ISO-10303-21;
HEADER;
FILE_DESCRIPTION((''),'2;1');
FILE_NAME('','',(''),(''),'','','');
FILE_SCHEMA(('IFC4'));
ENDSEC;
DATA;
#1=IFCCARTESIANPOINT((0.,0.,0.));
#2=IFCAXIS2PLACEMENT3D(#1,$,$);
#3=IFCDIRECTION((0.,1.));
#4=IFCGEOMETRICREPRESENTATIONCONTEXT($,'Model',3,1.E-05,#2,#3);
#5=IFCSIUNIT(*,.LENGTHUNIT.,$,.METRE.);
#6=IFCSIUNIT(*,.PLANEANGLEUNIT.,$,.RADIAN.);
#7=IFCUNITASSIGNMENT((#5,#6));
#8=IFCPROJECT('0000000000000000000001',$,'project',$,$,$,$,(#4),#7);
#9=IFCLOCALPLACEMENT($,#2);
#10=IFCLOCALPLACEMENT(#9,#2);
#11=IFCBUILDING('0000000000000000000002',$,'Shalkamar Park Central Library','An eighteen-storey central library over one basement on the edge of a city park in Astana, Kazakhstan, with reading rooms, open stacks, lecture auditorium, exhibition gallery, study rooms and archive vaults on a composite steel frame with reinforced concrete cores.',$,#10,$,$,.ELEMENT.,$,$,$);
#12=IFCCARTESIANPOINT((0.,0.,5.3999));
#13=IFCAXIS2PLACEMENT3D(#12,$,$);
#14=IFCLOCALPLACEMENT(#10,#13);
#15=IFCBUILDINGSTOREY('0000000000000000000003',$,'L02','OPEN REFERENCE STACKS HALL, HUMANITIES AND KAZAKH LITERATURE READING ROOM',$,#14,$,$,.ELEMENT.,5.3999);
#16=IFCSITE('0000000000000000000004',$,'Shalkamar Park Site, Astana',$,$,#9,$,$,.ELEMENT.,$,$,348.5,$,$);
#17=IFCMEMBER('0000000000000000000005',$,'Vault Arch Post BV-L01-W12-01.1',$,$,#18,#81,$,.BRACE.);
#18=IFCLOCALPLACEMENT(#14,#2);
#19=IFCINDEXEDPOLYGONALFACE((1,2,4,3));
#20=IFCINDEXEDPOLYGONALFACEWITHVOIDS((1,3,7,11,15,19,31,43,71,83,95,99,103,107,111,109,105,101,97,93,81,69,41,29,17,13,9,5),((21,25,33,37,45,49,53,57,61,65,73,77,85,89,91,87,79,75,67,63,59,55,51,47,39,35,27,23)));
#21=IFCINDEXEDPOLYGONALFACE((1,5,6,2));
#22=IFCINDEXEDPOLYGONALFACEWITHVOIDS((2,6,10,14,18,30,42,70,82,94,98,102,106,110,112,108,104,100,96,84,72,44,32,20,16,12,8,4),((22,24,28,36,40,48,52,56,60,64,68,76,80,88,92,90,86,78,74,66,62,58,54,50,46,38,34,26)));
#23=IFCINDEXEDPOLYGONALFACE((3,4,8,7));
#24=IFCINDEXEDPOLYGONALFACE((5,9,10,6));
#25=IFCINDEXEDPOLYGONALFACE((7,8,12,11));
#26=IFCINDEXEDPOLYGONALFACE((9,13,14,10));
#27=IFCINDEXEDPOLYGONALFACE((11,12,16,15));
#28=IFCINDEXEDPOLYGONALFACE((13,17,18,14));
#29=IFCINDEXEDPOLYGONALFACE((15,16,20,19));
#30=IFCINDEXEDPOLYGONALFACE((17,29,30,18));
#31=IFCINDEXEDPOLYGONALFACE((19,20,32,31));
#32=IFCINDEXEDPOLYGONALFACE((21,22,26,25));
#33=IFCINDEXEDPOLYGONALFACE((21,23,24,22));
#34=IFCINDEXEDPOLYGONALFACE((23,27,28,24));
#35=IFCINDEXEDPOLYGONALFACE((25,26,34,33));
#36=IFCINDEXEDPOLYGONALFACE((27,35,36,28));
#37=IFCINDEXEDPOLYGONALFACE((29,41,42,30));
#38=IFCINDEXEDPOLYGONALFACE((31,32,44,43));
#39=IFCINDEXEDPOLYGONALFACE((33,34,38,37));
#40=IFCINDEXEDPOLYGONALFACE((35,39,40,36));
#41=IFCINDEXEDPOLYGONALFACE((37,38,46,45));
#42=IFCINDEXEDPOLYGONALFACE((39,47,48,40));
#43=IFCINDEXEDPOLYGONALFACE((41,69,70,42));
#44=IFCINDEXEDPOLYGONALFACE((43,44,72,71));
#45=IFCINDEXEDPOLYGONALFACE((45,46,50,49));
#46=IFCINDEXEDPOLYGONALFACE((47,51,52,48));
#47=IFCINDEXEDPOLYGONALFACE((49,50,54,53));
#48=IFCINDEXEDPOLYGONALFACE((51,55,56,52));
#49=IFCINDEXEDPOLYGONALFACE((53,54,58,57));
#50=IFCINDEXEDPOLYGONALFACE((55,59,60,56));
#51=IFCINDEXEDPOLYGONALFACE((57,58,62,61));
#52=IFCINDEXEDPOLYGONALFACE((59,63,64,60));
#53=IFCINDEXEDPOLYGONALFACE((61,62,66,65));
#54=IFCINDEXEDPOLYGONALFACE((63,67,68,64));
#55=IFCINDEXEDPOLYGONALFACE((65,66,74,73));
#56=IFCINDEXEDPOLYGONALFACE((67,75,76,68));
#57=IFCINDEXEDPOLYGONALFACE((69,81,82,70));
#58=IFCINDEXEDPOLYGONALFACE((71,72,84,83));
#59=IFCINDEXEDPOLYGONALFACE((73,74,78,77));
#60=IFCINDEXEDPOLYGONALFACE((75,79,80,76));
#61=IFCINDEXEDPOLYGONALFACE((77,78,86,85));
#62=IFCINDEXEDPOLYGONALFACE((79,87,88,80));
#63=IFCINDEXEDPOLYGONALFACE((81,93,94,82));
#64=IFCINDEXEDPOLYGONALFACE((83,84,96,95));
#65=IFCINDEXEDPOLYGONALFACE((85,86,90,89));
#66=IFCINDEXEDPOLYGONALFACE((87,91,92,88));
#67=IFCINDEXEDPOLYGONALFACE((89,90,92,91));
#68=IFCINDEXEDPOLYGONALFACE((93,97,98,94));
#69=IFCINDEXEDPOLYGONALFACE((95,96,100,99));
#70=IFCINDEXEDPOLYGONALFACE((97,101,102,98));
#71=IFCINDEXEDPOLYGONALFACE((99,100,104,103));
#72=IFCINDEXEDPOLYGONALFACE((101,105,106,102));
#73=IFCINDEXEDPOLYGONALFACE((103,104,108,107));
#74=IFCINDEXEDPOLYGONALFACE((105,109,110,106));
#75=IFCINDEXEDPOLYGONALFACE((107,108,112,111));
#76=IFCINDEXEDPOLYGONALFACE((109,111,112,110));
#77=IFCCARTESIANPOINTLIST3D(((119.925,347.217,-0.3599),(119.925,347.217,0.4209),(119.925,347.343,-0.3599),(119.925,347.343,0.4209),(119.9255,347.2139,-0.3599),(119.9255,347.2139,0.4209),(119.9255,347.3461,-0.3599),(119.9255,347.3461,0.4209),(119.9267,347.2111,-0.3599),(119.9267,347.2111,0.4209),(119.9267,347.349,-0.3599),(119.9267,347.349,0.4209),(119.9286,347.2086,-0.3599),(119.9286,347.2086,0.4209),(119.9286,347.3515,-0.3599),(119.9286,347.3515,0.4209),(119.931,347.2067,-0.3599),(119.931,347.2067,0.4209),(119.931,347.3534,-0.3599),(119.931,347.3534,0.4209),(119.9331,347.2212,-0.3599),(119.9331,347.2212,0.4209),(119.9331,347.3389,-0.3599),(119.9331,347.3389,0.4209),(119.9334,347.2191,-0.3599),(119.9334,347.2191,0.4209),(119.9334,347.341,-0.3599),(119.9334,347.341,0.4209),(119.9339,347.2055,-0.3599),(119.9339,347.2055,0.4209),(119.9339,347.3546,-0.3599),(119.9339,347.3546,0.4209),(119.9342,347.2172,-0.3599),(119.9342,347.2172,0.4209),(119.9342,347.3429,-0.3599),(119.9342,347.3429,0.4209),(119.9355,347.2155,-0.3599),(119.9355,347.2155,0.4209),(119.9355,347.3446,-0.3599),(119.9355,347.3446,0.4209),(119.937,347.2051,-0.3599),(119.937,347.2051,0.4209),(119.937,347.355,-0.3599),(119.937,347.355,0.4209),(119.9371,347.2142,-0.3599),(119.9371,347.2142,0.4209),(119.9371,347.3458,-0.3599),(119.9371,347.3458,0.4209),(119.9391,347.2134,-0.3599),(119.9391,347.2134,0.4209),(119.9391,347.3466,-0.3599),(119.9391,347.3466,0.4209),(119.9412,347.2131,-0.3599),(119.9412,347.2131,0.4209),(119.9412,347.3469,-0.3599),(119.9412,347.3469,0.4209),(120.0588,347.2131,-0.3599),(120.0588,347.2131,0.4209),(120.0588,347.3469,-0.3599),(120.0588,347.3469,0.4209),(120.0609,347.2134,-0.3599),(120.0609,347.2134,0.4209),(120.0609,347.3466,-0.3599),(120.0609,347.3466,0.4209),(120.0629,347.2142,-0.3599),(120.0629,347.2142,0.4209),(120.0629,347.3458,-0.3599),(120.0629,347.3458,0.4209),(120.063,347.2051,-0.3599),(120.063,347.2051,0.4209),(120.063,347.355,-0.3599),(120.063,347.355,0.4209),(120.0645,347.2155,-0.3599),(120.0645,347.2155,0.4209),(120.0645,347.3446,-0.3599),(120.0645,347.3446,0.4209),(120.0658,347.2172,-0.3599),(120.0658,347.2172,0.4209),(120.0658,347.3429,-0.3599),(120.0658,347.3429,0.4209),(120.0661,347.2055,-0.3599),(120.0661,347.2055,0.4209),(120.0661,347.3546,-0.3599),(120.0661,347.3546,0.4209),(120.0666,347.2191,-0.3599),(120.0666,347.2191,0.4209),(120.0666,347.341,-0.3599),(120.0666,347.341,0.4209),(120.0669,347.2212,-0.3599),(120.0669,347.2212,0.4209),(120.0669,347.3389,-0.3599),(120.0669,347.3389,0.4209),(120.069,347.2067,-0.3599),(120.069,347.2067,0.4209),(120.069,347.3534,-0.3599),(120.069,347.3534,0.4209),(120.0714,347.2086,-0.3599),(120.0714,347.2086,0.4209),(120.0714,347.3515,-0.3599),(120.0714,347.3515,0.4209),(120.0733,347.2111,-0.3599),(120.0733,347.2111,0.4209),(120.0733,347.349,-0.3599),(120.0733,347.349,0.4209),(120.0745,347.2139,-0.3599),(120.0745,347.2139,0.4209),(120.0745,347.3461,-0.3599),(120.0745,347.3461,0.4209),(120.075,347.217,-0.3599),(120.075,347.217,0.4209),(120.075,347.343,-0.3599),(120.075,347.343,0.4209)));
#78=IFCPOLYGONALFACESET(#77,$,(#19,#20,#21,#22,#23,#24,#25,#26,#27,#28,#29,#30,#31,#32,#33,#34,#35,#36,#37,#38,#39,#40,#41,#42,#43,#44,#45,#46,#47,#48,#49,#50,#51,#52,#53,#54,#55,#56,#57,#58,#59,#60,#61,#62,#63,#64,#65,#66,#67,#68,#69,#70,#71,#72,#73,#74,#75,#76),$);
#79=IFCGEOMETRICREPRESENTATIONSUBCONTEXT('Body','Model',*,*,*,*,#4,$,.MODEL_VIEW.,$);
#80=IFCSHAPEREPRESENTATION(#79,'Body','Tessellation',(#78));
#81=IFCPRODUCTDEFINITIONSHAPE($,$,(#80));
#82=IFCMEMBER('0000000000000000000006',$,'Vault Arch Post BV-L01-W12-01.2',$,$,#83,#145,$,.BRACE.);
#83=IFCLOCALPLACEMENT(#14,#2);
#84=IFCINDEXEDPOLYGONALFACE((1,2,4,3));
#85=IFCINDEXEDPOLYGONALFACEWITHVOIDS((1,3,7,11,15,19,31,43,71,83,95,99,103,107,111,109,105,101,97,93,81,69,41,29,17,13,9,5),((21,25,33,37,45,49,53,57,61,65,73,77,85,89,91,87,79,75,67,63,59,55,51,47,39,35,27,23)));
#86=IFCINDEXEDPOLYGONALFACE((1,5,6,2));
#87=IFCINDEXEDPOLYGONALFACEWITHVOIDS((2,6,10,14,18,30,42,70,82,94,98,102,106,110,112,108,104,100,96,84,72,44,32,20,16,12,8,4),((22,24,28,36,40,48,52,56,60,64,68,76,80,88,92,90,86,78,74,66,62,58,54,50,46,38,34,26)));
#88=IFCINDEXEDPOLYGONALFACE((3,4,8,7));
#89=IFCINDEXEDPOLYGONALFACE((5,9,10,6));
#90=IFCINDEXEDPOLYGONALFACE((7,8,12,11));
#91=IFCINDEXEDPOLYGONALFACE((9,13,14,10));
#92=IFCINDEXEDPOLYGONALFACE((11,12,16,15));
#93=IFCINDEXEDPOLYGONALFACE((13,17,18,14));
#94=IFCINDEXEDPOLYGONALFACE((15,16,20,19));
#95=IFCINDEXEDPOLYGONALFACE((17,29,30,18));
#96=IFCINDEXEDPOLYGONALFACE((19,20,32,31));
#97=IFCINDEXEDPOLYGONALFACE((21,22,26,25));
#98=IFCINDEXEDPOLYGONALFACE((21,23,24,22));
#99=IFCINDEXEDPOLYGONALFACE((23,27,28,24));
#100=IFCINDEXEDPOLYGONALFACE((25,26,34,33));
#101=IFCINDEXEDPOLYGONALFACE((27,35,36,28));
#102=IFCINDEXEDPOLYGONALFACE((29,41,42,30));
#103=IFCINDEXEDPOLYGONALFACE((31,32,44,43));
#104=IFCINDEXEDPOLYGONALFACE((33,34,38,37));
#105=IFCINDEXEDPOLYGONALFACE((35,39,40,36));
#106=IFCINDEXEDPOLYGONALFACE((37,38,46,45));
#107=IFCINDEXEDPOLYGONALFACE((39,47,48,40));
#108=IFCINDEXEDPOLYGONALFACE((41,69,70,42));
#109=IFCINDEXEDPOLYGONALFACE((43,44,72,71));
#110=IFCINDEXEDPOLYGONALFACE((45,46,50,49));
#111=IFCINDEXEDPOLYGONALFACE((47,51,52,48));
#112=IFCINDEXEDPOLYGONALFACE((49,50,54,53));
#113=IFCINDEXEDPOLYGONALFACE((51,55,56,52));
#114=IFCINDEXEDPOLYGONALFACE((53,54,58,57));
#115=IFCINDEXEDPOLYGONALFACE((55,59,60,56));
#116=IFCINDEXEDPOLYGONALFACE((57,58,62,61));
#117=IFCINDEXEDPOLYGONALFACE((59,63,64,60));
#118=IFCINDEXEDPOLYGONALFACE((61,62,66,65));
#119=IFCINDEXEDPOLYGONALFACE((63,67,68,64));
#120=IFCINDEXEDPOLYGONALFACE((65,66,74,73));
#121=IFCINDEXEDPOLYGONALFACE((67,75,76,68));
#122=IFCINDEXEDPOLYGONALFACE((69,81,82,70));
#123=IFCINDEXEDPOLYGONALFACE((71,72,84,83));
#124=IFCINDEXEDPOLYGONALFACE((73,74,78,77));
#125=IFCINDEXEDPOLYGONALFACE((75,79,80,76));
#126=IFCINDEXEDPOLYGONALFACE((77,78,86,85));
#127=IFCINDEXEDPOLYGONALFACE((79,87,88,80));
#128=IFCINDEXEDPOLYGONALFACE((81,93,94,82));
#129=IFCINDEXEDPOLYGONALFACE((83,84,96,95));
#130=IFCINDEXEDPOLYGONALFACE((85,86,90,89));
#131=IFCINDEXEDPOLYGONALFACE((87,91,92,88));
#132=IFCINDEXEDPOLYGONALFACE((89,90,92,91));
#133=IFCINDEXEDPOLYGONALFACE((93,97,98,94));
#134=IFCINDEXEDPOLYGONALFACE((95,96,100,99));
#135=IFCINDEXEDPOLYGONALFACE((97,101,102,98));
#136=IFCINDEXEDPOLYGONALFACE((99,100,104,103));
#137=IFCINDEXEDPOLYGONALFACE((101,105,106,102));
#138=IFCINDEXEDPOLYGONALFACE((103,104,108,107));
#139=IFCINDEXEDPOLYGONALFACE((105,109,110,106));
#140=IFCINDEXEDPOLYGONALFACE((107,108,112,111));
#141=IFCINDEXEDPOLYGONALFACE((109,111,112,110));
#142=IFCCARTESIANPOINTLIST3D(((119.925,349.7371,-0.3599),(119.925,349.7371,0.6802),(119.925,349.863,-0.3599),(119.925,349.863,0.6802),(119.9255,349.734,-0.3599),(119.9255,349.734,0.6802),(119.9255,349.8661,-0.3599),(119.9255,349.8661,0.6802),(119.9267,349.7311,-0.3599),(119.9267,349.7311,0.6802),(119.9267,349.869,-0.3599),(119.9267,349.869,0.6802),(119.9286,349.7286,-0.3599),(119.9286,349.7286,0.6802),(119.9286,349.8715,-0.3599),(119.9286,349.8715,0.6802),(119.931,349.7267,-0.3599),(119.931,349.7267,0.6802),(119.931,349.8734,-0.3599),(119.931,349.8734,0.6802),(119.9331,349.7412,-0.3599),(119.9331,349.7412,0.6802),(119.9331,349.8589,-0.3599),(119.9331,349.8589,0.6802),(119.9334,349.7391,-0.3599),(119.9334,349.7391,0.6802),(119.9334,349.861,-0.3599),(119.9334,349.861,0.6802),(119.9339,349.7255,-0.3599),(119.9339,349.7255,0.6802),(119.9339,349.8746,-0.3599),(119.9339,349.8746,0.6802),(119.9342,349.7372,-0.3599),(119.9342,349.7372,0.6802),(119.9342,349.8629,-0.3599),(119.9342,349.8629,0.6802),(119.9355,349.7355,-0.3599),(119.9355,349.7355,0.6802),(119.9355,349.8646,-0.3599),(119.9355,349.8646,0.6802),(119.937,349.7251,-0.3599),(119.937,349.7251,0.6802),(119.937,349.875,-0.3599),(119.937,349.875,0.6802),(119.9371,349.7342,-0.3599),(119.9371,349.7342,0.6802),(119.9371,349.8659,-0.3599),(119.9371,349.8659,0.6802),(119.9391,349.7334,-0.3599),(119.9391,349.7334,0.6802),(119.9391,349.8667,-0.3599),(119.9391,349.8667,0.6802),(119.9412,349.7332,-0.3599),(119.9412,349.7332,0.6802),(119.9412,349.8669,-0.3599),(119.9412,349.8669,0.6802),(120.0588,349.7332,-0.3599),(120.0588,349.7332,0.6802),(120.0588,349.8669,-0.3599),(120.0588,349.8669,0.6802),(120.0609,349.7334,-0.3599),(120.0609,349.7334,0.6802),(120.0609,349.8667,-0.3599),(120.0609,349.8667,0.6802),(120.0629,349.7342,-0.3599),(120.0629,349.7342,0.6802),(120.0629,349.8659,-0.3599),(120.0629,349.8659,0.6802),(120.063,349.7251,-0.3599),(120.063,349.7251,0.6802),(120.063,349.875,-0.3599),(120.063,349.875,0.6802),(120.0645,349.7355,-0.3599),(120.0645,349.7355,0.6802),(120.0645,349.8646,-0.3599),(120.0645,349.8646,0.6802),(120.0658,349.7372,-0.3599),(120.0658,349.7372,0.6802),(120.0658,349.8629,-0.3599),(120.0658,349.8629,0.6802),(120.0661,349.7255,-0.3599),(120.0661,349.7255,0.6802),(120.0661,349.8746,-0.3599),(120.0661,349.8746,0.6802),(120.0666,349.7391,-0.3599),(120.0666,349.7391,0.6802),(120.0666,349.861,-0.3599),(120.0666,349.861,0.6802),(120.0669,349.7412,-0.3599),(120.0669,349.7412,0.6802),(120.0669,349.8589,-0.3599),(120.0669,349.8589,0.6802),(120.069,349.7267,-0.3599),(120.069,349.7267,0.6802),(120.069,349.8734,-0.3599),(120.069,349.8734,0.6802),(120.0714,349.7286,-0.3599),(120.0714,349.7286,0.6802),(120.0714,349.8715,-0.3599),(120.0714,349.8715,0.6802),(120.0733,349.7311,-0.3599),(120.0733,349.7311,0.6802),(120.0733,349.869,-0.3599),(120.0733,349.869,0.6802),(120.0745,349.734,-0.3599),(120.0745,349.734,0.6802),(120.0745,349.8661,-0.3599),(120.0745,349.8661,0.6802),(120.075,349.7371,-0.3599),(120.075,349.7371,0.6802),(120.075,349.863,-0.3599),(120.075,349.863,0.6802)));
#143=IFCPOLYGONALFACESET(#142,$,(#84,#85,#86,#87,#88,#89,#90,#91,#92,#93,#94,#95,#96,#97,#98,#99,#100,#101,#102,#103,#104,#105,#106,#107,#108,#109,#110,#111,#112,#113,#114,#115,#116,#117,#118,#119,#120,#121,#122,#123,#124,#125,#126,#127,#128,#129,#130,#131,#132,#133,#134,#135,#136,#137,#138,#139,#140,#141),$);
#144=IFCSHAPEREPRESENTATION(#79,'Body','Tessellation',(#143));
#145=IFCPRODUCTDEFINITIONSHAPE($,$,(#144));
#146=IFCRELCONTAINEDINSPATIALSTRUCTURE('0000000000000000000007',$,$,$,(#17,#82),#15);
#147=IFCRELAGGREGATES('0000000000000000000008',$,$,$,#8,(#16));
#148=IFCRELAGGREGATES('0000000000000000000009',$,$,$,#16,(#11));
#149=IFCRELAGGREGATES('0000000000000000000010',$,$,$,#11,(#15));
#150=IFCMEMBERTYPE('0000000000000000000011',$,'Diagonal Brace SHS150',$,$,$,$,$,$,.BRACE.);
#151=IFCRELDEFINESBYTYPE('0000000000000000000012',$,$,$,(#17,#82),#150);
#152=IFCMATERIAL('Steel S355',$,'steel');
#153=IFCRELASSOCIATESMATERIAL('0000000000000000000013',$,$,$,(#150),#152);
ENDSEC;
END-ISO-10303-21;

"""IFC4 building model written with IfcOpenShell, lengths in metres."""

from ifc_helpers import new_model, si_unit, direction, frame, origin, origin_2d, place, context, subcontext, project, spatial, hollow_rectangle, extrude, material, material_profile, profile_set, type_object, element, save


model = new_model("IFC4")

# Units and contexts
model_context = context("Model", 3, precision=1e-05, world=origin(), true_north=direction((0.0, 1.0)))
body_context = subcontext(model_context, "Body", "Model", "MODEL_VIEW")
ifc_project = project(units=[si_unit("LENGTHUNIT", "METRE"), si_unit("PLANEANGLEUNIT", "RADIAN")], contexts=[model_context])

# Site, building, storey
site_placement = place(None, origin())
site = spatial("IfcSite", under=ifc_project, at=site_placement, Name="Shalkamar Park Site, Astana", CompositionType="ELEMENT", RefElevation=348.5)
building_placement = place(site_placement, origin())
building = spatial("IfcBuilding", under=site, at=building_placement, Name="Shalkamar Park Central Library", Description="An eighteen-storey central library over one basement on the edge of a city park in Astana, Kazakhstan, with reading rooms, open stacks, lecture auditorium, exhibition gallery, study rooms and archive vaults on a composite steel frame with reinforced concrete cores.", CompositionType="ELEMENT")
storey_placement = place(building_placement, frame((0.0, 0.0, 5.3999)))
storey = spatial("IfcBuildingStorey", under=building, at=storey_placement, Name="L02", Description="OPEN REFERENCE STACKS HALL, HUMANITIES AND KAZAKH LITERATURE READING ROOM", CompositionType="ELEMENT", Elevation=5.3999)

# Members
ifc_material_1 = material(Name="Steel S355", Category="steel")
ifc_material_profile_1 = material_profile(ifc_material_1, hollow_rectangle(XDim=0.1499, YDim=0.1499, WallThickness=0.0081, InnerFilletRadius=0.0081, OuterFilletRadius=0.012, at=origin_2d()), Name="SHS 150x150x8")
ifc_profile_set_1 = profile_set([ifc_material_profile_1], Name="Steel S355")
member_type_1 = type_object("IfcMemberType", Name="Diagonal Brace SHS150", PredefinedType="BRACE", material=ifc_profile_set_1)
for number, where, z_axis, x_axis, name in (
    (1, (120.0, 347.28, -0.3599), (0.0, 0.0, 1.0), (1.0, 0.0, 0.0), "Vault Arch Post BV-L01-W12-01.1"),
):
    element("IfcMember", number, at=place(storey_placement, frame(where, z_axis=z_axis, x_axis=x_axis)), inside=storey, type_object=member_type_1, Name=name, PredefinedType="BRACE", context=body_context, shape_type="SweptSolid", body=[
        extrude(hollow_rectangle(XDim=0.1499, YDim=0.1499, WallThickness=0.0081, InnerFilletRadius=0.0081, OuterFilletRadius=0.012, at=origin_2d()), origin(), (0.0, 0.0, 1.0), 0.7808),
    ])
member_1_placement = place(storey_placement, frame((120.0, 349.8, -0.3599), z_axis=(0.0, 0.0, 1.0), x_axis=(1.0, 0.0, 0.0)))
element("IfcMember", 2, at=member_1_placement, inside=storey, type_object=member_type_1, Name="Vault Arch Post BV-L01-W12-01.2", PredefinedType="BRACE", context=body_context, shape_type="SweptSolid", body=[
    extrude(hollow_rectangle(XDim=0.1499, YDim=0.1499, WallThickness=0.0081, InnerFilletRadius=0.0081, OuterFilletRadius=0.012, at=origin_2d()), origin(), (0.0, 0.0, 1.0), 1.04),
])

save(model, "model.ifc")
